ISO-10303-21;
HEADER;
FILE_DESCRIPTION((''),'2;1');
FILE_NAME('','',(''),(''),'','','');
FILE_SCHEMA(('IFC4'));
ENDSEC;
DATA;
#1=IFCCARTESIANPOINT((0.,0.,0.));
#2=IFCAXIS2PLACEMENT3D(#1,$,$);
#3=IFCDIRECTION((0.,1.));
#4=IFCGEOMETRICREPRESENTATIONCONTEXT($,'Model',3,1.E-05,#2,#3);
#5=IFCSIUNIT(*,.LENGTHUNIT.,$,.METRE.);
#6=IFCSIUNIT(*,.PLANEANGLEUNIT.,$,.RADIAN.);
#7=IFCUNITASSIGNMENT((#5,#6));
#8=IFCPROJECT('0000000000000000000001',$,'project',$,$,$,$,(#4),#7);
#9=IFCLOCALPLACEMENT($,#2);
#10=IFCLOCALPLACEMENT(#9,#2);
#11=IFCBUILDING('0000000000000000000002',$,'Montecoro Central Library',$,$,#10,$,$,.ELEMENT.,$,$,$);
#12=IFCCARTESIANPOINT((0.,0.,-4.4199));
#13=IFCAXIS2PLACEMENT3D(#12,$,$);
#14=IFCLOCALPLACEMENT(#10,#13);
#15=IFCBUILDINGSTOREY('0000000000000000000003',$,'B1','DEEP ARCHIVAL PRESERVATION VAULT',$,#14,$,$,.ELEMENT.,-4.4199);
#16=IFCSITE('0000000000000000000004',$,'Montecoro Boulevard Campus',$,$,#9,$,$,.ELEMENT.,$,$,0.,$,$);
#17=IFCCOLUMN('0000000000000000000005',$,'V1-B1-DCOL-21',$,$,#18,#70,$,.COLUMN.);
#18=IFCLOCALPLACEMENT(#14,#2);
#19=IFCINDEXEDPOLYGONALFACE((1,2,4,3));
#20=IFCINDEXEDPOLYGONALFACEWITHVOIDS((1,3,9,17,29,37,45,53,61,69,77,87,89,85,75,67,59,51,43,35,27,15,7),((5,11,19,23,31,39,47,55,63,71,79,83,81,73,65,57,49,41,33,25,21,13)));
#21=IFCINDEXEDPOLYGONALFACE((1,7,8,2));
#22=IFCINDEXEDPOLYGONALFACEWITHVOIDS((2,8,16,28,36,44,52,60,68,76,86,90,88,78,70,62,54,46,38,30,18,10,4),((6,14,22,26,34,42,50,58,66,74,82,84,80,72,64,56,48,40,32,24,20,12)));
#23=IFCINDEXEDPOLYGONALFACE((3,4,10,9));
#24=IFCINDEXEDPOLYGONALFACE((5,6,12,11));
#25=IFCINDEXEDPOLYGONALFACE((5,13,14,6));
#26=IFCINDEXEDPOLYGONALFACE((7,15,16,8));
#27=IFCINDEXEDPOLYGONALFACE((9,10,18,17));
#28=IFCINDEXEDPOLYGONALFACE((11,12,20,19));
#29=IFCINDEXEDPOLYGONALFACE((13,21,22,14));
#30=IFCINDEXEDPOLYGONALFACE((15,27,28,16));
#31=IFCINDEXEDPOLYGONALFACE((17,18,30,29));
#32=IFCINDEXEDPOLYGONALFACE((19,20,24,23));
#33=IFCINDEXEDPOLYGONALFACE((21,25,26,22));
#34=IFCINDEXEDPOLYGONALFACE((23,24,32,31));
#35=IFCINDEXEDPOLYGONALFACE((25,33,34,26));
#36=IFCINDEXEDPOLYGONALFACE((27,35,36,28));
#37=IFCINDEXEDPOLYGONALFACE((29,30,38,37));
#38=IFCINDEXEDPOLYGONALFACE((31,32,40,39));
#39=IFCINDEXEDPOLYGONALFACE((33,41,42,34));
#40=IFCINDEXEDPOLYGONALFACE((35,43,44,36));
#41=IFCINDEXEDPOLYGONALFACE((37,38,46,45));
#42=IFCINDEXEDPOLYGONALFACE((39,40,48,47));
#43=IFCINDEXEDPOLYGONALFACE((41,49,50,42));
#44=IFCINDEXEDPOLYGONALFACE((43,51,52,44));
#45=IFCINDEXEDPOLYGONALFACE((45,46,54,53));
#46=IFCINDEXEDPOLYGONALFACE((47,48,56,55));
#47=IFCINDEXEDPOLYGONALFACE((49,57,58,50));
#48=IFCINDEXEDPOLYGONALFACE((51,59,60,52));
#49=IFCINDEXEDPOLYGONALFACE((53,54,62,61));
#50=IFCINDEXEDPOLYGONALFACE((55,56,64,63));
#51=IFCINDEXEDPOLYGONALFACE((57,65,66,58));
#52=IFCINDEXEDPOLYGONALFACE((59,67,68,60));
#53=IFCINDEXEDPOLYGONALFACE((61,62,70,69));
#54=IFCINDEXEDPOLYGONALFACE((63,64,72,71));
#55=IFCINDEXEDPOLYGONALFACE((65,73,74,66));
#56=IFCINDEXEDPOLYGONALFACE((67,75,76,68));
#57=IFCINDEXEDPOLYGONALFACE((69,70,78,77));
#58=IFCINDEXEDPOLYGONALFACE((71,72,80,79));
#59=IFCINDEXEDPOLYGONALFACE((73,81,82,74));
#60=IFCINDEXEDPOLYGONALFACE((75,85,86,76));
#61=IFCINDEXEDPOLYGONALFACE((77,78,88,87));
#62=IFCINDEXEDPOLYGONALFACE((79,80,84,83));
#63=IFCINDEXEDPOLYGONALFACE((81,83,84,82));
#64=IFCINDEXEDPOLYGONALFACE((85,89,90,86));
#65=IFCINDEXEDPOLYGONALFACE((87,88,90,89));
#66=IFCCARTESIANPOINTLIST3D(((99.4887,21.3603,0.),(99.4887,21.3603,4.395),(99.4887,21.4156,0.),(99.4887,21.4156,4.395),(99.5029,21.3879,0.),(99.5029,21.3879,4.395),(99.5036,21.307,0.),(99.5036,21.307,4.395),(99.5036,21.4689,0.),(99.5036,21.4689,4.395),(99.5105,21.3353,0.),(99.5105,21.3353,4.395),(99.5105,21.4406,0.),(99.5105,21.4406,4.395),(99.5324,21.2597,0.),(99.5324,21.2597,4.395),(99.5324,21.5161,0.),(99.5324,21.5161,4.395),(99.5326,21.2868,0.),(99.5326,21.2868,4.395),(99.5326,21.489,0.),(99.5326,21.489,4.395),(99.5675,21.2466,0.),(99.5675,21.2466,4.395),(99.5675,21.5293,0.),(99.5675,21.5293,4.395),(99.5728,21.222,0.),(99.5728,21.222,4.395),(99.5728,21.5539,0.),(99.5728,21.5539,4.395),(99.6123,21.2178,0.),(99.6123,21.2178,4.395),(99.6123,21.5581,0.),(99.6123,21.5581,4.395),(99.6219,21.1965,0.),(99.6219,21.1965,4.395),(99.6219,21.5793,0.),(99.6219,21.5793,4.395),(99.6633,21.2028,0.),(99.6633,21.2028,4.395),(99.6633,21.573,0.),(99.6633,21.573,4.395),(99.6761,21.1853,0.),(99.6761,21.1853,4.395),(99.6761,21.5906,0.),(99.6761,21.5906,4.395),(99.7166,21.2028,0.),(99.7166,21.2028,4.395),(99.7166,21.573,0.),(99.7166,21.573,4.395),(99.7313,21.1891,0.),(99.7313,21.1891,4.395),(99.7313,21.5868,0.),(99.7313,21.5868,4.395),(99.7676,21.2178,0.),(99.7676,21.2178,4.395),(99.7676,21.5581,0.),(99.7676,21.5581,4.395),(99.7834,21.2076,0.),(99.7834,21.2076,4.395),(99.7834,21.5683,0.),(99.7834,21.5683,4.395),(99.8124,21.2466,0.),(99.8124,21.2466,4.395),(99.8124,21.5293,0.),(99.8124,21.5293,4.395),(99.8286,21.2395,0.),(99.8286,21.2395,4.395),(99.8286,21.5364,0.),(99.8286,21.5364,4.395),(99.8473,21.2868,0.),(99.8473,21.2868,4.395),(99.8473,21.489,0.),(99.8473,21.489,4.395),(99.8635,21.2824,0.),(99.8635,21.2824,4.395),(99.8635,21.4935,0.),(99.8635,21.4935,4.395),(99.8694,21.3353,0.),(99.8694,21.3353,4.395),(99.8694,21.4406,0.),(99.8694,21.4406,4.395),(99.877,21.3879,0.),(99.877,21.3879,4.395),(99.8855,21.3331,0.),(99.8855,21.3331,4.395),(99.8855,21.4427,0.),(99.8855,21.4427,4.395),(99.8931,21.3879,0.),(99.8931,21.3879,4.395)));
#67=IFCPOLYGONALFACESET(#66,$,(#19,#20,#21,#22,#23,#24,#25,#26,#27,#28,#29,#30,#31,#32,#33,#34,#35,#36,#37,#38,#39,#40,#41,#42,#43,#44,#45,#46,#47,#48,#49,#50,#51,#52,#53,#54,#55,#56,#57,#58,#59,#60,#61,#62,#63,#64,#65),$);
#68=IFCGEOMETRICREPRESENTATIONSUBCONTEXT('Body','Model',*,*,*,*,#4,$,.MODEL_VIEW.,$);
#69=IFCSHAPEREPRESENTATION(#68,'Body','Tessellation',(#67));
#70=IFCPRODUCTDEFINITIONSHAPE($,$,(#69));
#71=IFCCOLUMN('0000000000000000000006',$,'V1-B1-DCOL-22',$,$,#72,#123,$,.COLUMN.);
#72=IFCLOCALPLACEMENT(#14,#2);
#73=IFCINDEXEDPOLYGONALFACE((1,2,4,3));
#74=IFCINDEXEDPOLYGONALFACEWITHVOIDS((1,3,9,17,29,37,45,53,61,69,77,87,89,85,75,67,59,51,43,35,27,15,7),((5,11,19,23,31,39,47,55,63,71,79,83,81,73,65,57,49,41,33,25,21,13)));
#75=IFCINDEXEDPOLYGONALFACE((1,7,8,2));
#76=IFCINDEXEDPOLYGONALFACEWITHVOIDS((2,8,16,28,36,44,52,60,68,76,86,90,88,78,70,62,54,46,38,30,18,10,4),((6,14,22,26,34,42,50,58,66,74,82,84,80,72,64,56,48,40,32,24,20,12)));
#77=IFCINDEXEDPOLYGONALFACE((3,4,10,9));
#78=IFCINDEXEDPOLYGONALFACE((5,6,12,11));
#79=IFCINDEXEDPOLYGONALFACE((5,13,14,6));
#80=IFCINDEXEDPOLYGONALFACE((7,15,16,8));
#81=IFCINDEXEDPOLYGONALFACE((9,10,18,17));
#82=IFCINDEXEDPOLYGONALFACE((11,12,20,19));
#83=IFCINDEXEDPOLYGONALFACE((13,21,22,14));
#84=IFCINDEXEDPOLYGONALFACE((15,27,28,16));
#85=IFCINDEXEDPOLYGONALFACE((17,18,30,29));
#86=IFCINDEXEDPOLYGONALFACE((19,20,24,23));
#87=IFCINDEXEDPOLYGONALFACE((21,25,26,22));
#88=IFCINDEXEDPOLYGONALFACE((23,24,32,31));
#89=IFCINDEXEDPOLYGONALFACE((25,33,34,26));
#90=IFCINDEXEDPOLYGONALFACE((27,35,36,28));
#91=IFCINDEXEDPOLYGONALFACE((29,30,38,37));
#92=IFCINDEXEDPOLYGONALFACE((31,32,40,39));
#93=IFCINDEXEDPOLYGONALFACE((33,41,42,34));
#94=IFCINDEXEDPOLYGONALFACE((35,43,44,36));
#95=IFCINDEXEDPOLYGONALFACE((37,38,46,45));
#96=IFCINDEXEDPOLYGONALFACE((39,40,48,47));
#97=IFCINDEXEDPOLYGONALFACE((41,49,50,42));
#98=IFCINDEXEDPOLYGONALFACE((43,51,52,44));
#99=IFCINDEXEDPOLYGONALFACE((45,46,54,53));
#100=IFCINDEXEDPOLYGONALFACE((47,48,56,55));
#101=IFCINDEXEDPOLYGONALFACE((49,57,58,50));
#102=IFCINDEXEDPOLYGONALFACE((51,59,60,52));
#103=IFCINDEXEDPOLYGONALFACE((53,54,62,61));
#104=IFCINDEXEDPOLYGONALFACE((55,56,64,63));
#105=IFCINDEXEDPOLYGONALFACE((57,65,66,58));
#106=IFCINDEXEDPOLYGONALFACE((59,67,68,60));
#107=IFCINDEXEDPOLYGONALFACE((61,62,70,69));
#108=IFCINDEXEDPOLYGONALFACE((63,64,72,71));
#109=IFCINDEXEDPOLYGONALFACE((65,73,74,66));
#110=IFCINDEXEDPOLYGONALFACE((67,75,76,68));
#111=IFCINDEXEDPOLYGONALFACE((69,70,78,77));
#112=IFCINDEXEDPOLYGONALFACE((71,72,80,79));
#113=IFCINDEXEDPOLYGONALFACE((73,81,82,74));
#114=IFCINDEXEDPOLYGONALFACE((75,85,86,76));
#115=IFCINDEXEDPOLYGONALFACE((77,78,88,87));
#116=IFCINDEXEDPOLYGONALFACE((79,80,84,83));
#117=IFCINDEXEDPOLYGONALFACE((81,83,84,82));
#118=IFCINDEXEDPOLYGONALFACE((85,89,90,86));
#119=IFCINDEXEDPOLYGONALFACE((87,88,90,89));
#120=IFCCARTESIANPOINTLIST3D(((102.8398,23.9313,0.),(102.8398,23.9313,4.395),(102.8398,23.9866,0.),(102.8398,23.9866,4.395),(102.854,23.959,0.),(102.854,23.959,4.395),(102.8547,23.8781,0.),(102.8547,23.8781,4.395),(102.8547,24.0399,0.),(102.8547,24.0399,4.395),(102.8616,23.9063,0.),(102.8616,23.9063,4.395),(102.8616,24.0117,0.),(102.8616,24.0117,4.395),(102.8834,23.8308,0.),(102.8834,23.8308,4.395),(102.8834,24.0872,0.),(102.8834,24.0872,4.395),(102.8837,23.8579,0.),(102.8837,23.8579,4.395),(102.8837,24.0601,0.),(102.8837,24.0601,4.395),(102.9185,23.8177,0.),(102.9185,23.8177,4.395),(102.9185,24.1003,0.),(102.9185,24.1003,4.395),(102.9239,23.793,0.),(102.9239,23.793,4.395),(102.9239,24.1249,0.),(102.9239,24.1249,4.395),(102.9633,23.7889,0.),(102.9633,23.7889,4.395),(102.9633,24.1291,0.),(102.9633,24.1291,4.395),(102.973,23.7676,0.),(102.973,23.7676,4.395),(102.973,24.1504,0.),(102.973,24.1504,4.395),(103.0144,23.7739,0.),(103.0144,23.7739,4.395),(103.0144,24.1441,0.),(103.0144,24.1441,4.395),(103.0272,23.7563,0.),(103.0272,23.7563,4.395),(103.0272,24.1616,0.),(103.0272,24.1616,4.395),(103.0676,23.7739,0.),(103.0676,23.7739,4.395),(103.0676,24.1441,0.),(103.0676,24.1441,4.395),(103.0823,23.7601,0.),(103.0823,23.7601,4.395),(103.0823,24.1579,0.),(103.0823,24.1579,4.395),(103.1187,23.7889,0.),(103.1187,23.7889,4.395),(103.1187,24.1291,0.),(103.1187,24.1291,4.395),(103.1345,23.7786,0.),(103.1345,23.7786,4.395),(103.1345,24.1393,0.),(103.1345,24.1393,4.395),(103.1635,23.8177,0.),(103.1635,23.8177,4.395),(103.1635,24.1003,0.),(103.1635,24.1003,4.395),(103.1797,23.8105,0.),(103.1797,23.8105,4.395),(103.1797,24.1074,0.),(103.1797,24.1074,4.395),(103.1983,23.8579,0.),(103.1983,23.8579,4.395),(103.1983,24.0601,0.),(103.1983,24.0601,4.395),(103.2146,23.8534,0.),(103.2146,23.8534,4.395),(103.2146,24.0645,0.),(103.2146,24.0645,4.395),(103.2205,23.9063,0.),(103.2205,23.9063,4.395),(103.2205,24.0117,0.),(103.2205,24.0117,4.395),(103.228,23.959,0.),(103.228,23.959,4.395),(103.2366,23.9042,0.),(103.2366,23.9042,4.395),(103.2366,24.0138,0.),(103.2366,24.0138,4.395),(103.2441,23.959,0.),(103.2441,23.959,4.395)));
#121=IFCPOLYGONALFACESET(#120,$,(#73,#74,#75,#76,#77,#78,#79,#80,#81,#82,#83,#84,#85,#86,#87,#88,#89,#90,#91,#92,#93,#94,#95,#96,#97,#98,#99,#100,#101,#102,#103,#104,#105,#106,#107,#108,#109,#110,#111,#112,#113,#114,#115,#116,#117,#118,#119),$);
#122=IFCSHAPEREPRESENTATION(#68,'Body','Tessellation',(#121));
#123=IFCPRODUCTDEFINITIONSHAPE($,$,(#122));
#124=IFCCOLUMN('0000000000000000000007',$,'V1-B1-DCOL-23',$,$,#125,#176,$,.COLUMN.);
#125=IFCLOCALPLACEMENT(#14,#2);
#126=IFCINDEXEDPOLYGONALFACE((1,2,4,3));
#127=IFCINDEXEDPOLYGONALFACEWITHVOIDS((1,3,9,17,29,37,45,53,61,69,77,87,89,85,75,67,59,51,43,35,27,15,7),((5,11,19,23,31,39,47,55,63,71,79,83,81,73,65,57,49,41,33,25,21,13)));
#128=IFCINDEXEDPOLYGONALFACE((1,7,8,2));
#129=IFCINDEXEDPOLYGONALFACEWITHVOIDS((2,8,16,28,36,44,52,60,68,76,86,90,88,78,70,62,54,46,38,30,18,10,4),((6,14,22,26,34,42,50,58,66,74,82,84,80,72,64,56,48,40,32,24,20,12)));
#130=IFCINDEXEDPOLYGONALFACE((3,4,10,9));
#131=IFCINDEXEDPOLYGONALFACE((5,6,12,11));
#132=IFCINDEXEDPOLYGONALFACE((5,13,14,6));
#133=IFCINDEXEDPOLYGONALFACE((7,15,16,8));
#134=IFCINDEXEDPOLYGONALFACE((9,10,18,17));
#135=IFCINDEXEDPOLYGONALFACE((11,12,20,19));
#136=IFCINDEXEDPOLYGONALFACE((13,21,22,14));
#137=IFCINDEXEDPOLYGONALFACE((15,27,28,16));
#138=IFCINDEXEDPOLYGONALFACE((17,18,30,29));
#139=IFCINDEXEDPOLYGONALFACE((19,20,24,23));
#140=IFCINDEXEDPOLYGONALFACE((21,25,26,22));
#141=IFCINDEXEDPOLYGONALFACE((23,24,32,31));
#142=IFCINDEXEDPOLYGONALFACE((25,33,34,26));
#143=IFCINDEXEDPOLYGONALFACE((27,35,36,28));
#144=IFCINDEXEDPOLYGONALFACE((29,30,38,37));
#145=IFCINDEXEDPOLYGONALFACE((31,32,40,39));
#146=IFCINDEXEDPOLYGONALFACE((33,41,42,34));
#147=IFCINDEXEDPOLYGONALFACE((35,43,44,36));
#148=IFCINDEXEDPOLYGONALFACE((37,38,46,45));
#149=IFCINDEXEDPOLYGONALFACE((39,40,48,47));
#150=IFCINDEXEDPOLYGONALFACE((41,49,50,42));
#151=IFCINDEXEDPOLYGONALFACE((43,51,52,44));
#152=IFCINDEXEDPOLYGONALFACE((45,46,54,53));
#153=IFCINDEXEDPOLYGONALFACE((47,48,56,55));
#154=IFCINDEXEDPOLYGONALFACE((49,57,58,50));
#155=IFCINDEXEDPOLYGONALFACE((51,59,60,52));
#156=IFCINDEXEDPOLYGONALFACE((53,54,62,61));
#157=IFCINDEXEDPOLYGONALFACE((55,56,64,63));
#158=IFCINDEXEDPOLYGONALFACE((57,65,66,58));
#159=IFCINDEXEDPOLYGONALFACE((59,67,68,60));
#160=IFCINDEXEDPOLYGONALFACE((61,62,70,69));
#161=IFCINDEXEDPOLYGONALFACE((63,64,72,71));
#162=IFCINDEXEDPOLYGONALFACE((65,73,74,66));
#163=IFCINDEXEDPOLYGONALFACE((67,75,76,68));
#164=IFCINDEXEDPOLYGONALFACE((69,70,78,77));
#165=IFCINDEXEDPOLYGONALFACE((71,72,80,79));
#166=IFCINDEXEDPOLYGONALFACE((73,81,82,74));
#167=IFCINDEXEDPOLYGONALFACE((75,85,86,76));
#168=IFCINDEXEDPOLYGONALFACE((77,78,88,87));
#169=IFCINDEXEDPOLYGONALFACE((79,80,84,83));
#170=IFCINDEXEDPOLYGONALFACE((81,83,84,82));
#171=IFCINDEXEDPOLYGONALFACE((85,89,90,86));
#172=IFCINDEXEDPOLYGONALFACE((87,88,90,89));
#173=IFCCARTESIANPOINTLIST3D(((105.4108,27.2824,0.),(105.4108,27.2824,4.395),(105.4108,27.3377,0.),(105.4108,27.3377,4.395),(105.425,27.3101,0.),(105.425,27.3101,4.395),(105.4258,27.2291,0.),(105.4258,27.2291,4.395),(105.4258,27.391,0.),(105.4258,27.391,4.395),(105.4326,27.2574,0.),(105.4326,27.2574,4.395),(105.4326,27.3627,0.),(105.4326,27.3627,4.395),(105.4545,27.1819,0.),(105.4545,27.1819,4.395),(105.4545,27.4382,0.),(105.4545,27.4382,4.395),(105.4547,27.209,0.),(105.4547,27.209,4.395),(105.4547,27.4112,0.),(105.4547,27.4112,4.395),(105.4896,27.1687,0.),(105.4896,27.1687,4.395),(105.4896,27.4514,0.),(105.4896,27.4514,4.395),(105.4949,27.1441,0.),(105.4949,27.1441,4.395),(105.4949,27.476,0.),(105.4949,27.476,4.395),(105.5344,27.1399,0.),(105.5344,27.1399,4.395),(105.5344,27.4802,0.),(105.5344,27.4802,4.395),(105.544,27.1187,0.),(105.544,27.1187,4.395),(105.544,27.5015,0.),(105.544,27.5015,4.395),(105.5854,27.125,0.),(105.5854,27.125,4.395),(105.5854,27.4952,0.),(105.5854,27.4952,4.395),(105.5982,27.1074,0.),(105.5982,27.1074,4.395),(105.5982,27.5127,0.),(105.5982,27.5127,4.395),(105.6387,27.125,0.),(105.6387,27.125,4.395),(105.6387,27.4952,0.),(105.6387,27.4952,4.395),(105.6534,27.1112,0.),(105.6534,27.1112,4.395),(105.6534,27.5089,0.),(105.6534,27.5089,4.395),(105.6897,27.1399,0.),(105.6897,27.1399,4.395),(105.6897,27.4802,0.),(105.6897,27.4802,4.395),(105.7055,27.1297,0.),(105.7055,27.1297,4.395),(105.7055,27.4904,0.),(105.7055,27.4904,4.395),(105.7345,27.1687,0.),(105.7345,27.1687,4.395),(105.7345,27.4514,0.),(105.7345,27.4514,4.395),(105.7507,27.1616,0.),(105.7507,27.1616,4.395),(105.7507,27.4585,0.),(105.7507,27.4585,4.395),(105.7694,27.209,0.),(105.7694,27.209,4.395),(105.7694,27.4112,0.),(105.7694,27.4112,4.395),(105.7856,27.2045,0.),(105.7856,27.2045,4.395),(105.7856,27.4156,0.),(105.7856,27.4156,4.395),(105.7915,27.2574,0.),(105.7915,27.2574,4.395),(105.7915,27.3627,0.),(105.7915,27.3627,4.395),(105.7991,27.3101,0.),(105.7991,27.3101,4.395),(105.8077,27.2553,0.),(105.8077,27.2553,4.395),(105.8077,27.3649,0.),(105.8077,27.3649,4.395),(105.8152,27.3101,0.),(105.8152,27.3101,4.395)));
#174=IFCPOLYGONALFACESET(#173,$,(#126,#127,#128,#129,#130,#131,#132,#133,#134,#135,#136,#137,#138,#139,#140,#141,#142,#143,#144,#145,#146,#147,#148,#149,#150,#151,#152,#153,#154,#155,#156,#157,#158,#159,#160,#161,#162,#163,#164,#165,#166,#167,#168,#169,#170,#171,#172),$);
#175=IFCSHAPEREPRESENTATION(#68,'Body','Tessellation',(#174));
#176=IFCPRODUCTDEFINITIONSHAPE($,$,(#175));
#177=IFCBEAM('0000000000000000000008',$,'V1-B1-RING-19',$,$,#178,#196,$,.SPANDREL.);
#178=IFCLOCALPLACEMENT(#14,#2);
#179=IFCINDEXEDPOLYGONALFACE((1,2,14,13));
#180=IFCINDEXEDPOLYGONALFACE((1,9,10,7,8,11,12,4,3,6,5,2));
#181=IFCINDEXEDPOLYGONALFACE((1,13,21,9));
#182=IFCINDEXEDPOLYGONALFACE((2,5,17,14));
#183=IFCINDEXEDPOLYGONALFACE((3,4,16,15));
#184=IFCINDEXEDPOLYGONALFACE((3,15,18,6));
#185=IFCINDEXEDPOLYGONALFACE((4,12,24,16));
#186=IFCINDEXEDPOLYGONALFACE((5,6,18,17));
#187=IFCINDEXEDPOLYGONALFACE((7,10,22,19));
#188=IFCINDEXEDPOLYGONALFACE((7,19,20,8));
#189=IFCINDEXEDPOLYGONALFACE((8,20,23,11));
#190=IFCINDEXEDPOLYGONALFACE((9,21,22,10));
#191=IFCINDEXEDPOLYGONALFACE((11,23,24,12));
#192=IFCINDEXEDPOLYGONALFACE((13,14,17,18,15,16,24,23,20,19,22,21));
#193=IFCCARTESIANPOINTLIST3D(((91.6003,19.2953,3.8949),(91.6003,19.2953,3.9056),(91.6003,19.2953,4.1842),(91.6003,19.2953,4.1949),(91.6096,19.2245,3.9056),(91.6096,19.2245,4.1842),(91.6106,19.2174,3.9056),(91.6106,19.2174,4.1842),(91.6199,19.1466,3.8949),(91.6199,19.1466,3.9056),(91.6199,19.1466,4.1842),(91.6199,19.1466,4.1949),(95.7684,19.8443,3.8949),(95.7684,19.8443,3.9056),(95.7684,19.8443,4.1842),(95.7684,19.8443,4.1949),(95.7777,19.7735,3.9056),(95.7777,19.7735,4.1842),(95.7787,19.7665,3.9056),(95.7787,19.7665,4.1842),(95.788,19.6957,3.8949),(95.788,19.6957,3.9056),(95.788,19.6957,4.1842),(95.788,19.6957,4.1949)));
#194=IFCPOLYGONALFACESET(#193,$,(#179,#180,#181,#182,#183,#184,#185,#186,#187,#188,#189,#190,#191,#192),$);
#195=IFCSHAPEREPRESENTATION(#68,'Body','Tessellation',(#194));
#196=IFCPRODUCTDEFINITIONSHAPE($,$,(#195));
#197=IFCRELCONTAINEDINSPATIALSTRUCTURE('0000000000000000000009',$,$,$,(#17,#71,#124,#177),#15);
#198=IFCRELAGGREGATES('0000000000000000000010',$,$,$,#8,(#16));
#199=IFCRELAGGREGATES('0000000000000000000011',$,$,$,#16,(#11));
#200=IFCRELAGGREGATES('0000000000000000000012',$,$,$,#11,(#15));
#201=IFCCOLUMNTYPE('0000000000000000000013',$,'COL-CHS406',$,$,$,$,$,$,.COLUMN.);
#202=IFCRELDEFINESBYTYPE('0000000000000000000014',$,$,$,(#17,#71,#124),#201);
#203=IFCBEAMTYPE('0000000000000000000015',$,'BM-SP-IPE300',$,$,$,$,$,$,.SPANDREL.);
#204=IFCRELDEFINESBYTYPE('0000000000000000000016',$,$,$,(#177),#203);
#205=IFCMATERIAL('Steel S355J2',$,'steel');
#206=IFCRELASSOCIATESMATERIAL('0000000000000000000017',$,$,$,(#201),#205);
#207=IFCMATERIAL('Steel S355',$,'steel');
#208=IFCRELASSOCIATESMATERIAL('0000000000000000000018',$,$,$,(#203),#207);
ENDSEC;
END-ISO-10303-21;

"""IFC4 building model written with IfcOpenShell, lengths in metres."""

from ifc_helpers import new_model, si_unit, direction, frame, origin, origin_2d, place, context, subcontext, project, spatial, hollow_circle, i_section, extrude, material, material_profile, profile_set, type_object, element, save


model = new_model("IFC4")

# Units and contexts
model_context = context("Model", 3, precision=1e-05, world=origin(), true_north=direction((0.0, 1.0)))
body_context = subcontext(model_context, "Body", "Model", "MODEL_VIEW")
ifc_project = project(units=[si_unit("LENGTHUNIT", "METRE"), si_unit("PLANEANGLEUNIT", "RADIAN")], contexts=[model_context])

# Site, building, storey
site_placement = place(None, origin())
site = spatial("IfcSite", under=ifc_project, at=site_placement, Name="Montecoro Boulevard Campus", CompositionType="ELEMENT", RefElevation=0.0)
building_placement = place(site_placement, origin())
building = spatial("IfcBuilding", under=site, at=building_placement, Name="Montecoro Central Library", CompositionType="ELEMENT")
storey_placement = place(building_placement, frame((0.0, 0.0, -4.4199)))
storey = spatial("IfcBuildingStorey", under=building, at=storey_placement, Name="B1", Description="DEEP ARCHIVAL PRESERVATION VAULT", CompositionType="ELEMENT", Elevation=-4.4199)

# Columns
ifc_material_1 = material(Name="Steel S355J2", Category="steel")
ifc_material_profile_1 = material_profile(ifc_material_1, hollow_circle(Radius=0.2031, WallThickness=0.0161, at=origin_2d()), Name="CHS 406.4x16.0")
ifc_profile_set_1 = profile_set([ifc_material_profile_1], Name="Steel S355J2")
column_type = type_object("IfcColumnType", Name="COL-CHS406", PredefinedType="COLUMN", material=ifc_profile_set_1)
for number, where, z_axis, x_axis, name in (
    (1, (99.6899, 21.3879, 0.0), (0.0, 0.0, 1.0), (1.0, 0.0, 0.0), "V1-B1-DCOL-21"),
    (2, (103.041, 23.959, 0.0), (0.0, 0.0, 1.0), (1.0, 0.0, 0.0), "V1-B1-DCOL-22"),
    (3, (105.6121, 27.3101, 0.0), (0.0, 0.0, 1.0), (1.0, 0.0, 0.0), "V1-B1-DCOL-23"),
):
    element("IfcColumn", number, at=place(storey_placement, frame(where, z_axis=z_axis, x_axis=x_axis)), inside=storey, type_object=column_type, Name=name, PredefinedType="COLUMN", context=body_context, shape_type="SweptSolid", body=[
        extrude(hollow_circle(Radius=0.2031, WallThickness=0.0161, at=origin_2d()), origin(), (0.0, 0.0, 1.0), 4.395),
    ])

# Beam
ifc_material_2 = material(Name="Steel S355", Category="steel")
ifc_material_profile_2 = material_profile(ifc_material_2, i_section(OverallWidth=0.1499, OverallDepth=0.3, WebThickness=0.0071, FlangeThickness=0.0107, at=origin_2d()), Name="IPE 300")
ifc_profile_set_2 = profile_set([ifc_material_profile_2], Name="Steel S355")
beam_type = type_object("IfcBeamType", Name="BM-SP-IPE300", PredefinedType="SPANDREL", material=ifc_profile_set_2)
beam_1_placement = place(storey_placement, frame((91.6101, 19.2209, 4.0449), z_axis=(0.991434, 0.130608, 0.0), x_axis=(-0.130608, 0.991434, 0.0)))
element("IfcBeam", 4, at=beam_1_placement, inside=storey, type_object=beam_type, Name="V1-B1-RING-19", PredefinedType="SPANDREL", context=body_context, shape_type="SweptSolid", body=[
    extrude(i_section(OverallWidth=0.1499, OverallDepth=0.3, WebThickness=0.0071, FlangeThickness=0.0107, at=origin_2d()), origin(), (0.0, 0.0, 1.0), 4.2041),
])

save(model, "model.ifc")
